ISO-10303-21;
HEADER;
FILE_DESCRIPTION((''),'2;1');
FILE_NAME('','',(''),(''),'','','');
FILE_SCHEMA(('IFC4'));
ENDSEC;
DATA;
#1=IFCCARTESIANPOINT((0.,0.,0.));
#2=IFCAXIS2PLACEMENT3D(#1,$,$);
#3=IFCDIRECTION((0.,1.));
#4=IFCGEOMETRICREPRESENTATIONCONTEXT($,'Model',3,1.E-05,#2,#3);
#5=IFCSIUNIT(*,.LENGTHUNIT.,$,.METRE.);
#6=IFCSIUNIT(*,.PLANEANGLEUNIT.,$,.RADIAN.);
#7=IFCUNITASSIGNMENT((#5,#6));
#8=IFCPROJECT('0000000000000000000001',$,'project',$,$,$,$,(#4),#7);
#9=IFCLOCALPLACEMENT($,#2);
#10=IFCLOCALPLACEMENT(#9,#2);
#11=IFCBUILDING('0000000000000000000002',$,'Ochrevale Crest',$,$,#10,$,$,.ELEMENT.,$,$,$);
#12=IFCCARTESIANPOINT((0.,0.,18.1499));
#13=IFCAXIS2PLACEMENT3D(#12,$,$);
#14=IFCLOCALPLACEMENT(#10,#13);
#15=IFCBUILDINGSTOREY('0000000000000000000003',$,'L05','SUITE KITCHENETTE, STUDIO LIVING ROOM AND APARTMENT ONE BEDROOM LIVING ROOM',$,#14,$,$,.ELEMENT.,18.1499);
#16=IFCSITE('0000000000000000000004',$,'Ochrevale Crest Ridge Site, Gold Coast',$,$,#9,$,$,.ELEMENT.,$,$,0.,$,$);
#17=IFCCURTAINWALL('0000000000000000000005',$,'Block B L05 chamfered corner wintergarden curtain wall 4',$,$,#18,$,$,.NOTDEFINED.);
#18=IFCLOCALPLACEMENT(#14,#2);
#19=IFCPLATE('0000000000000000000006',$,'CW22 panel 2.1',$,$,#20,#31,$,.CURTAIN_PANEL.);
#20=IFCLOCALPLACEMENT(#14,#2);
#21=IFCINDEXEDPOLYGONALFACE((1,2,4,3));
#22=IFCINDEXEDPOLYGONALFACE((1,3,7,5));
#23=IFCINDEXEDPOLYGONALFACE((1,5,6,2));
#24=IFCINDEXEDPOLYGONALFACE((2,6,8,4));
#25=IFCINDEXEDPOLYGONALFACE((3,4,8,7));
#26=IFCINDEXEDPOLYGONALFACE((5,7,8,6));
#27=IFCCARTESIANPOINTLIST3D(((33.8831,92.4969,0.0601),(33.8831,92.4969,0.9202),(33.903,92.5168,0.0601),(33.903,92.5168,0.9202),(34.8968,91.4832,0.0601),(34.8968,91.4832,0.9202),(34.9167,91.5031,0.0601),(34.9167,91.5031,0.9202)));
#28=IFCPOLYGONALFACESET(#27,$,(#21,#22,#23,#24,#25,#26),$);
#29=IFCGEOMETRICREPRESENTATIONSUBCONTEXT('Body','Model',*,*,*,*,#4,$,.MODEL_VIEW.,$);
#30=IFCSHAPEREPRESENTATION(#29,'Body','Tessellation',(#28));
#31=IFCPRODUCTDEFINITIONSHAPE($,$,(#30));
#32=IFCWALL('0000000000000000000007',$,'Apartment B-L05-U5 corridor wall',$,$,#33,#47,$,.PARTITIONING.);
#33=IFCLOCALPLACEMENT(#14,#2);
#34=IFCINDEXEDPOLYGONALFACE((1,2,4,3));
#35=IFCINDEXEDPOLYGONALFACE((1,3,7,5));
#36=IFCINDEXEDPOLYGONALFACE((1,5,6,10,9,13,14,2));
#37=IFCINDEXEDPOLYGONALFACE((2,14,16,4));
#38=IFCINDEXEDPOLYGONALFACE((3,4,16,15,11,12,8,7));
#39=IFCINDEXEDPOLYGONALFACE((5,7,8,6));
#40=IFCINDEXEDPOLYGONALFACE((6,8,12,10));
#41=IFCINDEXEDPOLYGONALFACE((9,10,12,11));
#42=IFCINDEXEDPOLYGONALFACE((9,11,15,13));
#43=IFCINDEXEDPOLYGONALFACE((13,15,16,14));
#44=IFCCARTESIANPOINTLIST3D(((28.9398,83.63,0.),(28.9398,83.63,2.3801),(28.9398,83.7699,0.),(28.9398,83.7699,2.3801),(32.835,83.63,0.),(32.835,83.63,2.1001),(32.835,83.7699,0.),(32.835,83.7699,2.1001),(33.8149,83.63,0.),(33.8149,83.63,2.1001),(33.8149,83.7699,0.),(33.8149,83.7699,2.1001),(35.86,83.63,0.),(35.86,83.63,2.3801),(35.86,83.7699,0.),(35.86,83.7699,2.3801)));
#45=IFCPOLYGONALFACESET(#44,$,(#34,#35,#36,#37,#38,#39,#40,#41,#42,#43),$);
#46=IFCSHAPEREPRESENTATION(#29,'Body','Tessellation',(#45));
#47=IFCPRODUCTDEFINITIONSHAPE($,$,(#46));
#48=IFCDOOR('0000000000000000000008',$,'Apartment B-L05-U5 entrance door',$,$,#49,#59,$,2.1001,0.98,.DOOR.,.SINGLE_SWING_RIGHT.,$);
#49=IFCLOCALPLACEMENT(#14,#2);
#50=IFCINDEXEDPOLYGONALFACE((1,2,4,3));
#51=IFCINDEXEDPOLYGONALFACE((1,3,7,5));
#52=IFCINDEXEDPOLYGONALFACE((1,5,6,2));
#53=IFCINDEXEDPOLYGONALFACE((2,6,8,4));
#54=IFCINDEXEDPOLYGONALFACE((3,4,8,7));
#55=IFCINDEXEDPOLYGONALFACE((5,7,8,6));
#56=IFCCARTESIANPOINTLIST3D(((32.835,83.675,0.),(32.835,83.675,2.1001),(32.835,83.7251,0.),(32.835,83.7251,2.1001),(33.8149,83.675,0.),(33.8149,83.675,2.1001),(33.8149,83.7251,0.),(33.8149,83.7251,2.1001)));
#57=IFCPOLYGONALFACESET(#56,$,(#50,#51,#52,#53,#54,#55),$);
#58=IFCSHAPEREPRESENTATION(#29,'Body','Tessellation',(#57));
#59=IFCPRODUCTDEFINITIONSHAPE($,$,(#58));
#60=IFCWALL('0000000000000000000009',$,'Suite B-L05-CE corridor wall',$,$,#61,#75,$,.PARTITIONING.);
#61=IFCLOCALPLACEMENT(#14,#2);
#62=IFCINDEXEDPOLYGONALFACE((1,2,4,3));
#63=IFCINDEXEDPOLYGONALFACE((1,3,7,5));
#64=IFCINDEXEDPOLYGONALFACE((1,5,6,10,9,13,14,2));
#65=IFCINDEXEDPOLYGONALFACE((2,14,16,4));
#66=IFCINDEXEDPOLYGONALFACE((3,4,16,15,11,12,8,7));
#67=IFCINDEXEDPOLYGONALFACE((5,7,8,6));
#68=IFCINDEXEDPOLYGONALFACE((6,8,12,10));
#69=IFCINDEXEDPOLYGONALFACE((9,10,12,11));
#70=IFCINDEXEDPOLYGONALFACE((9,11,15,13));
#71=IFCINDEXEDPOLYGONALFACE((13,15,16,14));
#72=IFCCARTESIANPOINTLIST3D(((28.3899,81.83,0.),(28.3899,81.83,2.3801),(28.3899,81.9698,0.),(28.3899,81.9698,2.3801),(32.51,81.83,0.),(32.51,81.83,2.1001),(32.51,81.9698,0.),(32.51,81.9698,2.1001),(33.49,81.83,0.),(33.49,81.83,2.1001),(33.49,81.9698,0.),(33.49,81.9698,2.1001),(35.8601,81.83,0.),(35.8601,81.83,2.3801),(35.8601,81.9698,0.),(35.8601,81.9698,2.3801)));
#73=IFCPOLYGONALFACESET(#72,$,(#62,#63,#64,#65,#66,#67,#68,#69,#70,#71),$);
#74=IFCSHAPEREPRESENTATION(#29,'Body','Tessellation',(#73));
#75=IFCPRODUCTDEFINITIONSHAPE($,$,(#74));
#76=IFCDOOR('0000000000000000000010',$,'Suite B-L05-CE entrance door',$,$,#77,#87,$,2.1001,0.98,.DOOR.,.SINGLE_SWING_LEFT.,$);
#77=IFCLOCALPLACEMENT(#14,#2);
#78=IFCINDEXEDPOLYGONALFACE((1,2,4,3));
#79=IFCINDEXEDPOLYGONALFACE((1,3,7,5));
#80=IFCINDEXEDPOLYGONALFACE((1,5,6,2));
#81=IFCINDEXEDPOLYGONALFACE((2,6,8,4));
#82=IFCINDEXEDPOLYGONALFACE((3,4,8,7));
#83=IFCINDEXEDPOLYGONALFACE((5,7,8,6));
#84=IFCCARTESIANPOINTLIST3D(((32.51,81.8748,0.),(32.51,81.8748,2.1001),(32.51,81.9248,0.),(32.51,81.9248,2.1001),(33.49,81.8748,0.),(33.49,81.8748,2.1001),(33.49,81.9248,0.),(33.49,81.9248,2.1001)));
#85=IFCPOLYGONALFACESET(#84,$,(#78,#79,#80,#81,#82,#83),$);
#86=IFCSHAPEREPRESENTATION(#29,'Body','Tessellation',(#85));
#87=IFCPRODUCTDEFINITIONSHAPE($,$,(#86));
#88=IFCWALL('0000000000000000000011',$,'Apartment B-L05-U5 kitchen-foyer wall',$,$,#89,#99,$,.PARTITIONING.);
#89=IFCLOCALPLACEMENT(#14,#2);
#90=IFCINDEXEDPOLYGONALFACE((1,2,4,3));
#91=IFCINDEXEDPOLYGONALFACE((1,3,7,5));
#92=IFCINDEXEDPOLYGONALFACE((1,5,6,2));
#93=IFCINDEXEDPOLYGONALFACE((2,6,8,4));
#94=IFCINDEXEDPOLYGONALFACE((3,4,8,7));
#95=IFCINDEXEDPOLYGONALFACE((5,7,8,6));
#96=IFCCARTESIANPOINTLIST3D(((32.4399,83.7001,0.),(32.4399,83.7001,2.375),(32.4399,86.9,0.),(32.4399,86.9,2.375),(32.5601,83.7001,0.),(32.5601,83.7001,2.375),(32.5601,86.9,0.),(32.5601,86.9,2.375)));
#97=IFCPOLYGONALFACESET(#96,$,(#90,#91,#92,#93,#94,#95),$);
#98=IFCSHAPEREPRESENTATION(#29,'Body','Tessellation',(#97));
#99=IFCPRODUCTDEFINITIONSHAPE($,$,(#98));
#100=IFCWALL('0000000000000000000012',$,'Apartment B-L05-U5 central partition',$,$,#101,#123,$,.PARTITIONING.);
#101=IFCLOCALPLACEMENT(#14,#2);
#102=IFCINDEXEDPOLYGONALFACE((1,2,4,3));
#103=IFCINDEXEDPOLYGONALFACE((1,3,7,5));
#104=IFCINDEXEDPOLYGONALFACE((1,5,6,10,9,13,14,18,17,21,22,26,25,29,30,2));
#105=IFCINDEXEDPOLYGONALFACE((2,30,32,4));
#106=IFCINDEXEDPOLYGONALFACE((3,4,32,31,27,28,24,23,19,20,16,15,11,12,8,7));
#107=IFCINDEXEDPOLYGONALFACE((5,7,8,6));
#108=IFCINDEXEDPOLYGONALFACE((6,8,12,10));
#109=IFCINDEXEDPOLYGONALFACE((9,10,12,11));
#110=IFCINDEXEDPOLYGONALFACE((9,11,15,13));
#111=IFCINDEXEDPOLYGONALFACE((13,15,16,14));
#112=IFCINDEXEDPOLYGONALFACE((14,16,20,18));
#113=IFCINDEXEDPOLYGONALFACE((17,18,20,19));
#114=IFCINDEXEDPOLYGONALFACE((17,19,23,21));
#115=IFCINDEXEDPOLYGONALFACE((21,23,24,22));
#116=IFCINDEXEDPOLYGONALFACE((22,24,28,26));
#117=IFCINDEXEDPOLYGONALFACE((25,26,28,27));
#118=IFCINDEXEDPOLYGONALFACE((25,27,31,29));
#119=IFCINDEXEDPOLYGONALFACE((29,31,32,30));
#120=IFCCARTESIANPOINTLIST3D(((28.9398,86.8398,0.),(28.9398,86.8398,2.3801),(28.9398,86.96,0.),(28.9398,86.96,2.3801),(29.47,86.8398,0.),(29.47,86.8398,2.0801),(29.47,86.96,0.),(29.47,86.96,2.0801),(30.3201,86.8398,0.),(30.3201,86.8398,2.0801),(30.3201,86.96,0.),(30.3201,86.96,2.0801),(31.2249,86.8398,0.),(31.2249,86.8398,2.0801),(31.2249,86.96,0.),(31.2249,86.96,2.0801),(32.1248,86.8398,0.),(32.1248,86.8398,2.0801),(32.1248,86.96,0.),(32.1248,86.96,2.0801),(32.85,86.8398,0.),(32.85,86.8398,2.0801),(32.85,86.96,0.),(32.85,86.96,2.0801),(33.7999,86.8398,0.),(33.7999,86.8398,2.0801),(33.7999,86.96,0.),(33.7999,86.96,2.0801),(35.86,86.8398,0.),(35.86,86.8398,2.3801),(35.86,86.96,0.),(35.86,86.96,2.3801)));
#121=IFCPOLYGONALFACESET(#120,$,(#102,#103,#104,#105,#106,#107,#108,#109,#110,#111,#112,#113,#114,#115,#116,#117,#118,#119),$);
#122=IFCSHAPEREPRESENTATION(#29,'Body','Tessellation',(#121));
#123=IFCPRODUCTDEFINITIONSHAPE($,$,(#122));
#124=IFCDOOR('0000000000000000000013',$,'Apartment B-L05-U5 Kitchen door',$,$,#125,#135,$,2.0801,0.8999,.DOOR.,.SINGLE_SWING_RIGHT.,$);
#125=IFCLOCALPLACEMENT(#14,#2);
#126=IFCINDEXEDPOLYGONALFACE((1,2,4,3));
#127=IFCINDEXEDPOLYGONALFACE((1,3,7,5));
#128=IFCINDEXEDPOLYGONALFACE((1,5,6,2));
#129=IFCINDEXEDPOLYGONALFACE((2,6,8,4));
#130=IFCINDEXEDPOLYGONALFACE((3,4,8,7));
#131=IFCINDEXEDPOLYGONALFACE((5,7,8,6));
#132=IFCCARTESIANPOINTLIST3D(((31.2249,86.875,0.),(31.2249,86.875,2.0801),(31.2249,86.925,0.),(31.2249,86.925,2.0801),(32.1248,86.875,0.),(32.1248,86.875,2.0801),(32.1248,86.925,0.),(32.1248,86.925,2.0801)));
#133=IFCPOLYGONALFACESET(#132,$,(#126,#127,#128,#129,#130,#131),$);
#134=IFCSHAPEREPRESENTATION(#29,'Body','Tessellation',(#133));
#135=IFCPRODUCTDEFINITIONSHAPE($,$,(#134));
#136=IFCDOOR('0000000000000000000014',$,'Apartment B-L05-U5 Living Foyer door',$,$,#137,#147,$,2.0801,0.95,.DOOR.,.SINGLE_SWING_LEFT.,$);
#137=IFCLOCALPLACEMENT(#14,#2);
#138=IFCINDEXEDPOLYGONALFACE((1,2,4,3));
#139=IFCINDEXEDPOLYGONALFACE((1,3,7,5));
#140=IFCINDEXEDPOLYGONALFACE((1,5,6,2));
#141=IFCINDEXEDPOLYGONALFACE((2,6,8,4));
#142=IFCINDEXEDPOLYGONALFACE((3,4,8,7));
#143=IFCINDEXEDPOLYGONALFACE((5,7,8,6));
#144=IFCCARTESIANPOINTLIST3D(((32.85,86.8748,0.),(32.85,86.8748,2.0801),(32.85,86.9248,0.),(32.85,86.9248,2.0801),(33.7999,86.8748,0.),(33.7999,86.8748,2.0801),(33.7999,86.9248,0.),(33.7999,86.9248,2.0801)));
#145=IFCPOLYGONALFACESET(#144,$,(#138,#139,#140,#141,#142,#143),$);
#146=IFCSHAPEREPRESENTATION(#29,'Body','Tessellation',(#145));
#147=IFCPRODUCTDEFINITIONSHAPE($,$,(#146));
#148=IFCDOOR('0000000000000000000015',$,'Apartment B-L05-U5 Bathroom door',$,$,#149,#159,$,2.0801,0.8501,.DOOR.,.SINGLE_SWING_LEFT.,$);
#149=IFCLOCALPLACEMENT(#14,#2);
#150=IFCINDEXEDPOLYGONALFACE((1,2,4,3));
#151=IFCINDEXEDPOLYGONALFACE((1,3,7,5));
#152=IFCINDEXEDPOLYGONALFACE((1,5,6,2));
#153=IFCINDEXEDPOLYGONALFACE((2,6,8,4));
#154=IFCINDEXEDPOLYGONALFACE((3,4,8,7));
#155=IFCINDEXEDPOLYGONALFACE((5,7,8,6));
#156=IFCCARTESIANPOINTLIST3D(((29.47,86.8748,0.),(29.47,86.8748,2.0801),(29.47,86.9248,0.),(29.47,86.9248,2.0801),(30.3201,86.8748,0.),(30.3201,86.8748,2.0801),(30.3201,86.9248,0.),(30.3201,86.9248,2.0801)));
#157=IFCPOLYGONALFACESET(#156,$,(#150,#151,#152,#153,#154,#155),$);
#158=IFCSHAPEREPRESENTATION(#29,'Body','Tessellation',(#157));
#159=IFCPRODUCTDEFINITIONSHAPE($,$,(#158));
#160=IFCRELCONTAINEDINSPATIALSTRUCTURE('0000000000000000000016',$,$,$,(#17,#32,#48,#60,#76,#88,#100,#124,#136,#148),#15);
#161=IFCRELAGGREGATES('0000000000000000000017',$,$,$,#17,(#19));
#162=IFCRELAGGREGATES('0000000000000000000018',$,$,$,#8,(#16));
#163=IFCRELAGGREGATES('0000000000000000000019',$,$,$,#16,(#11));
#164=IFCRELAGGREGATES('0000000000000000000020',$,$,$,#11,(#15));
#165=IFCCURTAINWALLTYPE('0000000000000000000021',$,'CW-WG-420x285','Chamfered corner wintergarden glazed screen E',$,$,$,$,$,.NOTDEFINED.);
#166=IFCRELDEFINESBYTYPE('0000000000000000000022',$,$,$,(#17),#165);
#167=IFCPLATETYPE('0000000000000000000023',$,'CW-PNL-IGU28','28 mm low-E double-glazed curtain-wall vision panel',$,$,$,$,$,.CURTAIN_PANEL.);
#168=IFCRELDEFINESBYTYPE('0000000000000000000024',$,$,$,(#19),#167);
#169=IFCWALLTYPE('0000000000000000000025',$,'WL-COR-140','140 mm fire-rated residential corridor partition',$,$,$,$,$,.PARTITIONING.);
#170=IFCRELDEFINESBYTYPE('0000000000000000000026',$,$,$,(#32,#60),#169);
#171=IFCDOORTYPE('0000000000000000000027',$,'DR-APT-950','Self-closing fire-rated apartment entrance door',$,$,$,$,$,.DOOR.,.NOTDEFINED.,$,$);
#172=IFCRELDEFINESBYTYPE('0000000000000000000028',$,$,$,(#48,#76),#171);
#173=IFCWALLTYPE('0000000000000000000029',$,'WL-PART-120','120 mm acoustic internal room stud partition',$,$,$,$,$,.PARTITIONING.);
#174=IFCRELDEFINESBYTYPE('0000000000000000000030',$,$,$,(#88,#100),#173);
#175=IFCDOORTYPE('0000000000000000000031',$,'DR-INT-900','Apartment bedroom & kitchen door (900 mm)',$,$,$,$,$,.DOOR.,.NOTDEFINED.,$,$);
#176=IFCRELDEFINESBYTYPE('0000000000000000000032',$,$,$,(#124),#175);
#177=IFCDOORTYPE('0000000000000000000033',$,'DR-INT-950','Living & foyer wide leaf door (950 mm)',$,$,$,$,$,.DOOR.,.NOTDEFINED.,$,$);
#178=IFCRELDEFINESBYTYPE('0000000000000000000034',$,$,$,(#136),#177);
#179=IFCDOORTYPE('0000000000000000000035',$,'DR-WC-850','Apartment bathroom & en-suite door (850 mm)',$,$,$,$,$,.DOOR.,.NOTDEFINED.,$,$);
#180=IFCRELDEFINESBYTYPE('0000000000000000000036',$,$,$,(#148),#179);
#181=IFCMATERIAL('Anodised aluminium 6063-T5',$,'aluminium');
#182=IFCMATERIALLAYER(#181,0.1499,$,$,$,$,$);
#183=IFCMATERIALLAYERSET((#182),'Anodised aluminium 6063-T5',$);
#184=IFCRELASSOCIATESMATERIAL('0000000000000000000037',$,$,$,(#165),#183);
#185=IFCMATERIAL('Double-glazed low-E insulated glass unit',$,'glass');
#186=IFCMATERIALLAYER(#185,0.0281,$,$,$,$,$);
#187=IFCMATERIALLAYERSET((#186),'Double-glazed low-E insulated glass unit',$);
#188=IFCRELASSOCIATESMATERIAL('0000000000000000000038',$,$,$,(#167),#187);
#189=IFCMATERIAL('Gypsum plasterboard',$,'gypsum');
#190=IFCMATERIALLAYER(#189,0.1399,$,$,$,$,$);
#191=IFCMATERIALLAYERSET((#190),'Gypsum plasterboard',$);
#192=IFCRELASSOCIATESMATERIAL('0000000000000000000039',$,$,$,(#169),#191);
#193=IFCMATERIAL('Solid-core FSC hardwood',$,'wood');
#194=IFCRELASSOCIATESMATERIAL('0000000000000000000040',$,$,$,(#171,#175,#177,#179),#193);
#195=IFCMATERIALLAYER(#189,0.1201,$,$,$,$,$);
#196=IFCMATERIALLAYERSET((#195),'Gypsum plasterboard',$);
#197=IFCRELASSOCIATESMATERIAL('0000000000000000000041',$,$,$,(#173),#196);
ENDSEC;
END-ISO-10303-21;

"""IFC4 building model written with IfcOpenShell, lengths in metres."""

from ifc_helpers import new_model, si_unit, direction, frame, frame_2d, origin, origin_2d, place, context, subcontext, project, spatial, rectangle, extrude, material, layer, layer_set, type_object, element, fill, aggregate, save


model = new_model("IFC4")

# Units and contexts
model_context = context("Model", 3, precision=1e-05, world=origin(), true_north=direction((0.0, 1.0)))
body_context = subcontext(model_context, "Body", "Model", "MODEL_VIEW")
ifc_project = project(units=[si_unit("LENGTHUNIT", "METRE"), si_unit("PLANEANGLEUNIT", "RADIAN")], contexts=[model_context])

# Site, building, storey
site_placement = place(None, origin())
site = spatial("IfcSite", under=ifc_project, at=site_placement, Name="Ochrevale Crest Ridge Site, Gold Coast", CompositionType="ELEMENT", RefElevation=0.0)
building_placement = place(site_placement, origin())
building = spatial("IfcBuilding", under=site, at=building_placement, Name="Ochrevale Crest", CompositionType="ELEMENT")
storey_placement = place(building_placement, frame((0.0, 0.0, 18.1499)))
storey = spatial("IfcBuildingStorey", under=building, at=storey_placement, Name="L05", Description="SUITE KITCHENETTE, STUDIO LIVING ROOM AND APARTMENT ONE BEDROOM LIVING ROOM", CompositionType="ELEMENT", Elevation=18.1499)

# Curtain wall, plate
ifc_material_1 = material(Name="Anodised aluminium 6063-T5", Category="aluminium")
ifc_layer_1 = layer(ifc_material_1, 0.1499)
ifc_layer_set_1 = layer_set([ifc_layer_1], Name="Anodised aluminium 6063-T5")
curtain_wall_type = type_object("IfcCurtainWallType", Name="CW-WG-420x285", Description="Chamfered corner wintergarden glazed screen E", PredefinedType="NOTDEFINED", material=ifc_layer_set_1)
curtain_wall_placement = place(storey_placement, origin())
curtain_wall = element("IfcCurtainWall", 1, at=curtain_wall_placement, inside=storey, type_object=curtain_wall_type, Name="Block B L05 chamfered corner wintergarden curtain wall 4", PredefinedType="NOTDEFINED")
ifc_material_2 = material(Name="Double-glazed low-E insulated glass unit", Category="glass")
ifc_layer_2 = layer(ifc_material_2, 0.0281)
ifc_layer_set_2 = layer_set([ifc_layer_2], Name="Double-glazed low-E insulated glass unit")
plate_type = type_object("IfcPlateType", Name="CW-PNL-IGU28", Description="28 mm low-E double-glazed curtain-wall vision panel", PredefinedType="CURTAIN_PANEL", material=ifc_layer_set_2)
plate_1_placement = place(storey_placement, frame((34.3999, 92.0, 0.0601), z_axis=(0.0, 0.0, 1.0), x_axis=(-0.707107, 0.707107, 0.0)))
plate_1 = element("IfcPlate", 2, at=plate_1_placement, type_object=plate_type, Name="CW22 panel 2.1", PredefinedType="CURTAIN_PANEL", context=body_context, shape_type="SweptSolid", body=[
    extrude(rectangle(XDim=1.4336, YDim=0.0281, at=origin_2d()), origin(), (0.0, 0.0, 1.0), 0.8601),
])
aggregate(curtain_wall, [plate_1])

# Walls, openings, doors
ifc_material_3 = material(Name="Gypsum plasterboard", Category="gypsum")
ifc_layer_3 = layer(ifc_material_3, 0.1399)
ifc_layer_set_3 = layer_set([ifc_layer_3], Name="Gypsum plasterboard")
wall_type_1 = type_object("IfcWallType", Name="WL-COR-140", Description="140 mm fire-rated residential corridor partition", PredefinedType="PARTITIONING", material=ifc_layer_set_3)
wall_1_placement = place(storey_placement, frame((28.9399, 83.7, 0.0), z_axis=(0.0, 0.0, 1.0), x_axis=(1.0, 0.0, 0.0)))
wall_1 = element("IfcWall", 3, at=wall_1_placement, inside=storey, type_object=wall_type_1, Name="Apartment B-L05-U5 corridor wall", PredefinedType="PARTITIONING", context=body_context, shape_type="SweptSolid", body=[
    extrude(rectangle(XDim=6.9202, YDim=0.1399, at=frame_2d((3.46, 0.0))), origin(), (0.0, 0.0, 1.0), 2.3801),
])
opening_1_placement = place(wall_1_placement, frame((4.875, 0.0, 0.0), z_axis=(0.0, 0.0, 1.0), x_axis=(-1.0, 0.0, 0.0)))
opening_1 = element("IfcOpeningElement", 4, at=opening_1_placement, cuts=wall_1, PredefinedType="OPENING", context=body_context, shape_type="SweptSolid", body=[
    extrude(rectangle(XDim=0.98, YDim=2.1001, at=frame_2d((0.49, 1.05))), frame((0.0, 0.0801, 0.0), z_axis=(0.0, -1.0, 0.0), x_axis=(1.0, 0.0, 0.0)), (0.0, 0.0, 1.0), 0.1599),
])
ifc_material_4 = material(Name="Solid-core FSC hardwood", Category="wood")
door_type_1 = type_object("IfcDoorType", Name="DR-APT-950", Description="Self-closing fire-rated apartment entrance door", OperationType="NOTDEFINED", PredefinedType="DOOR", material=ifc_material_4)
door_1_placement = place(opening_1_placement, origin())
door_1 = element("IfcDoor", 5, at=door_1_placement, inside=storey, type_object=door_type_1, Name="Apartment B-L05-U5 entrance door", OperationType="SINGLE_SWING_RIGHT", OverallHeight=2.1001, OverallWidth=0.98, PredefinedType="DOOR", context=body_context, shape_type="SweptSolid", body=[
    extrude(rectangle(XDim=0.98, YDim=2.1001, at=frame_2d((0.49, 1.05))), frame((0.0, 0.0249, 0.0), z_axis=(0.0, -1.0, 0.0), x_axis=(1.0, 0.0, 0.0)), (0.0, 0.0, 1.0), 0.05),
])
fill(opening_1, door_1)
wall_2_placement = place(storey_placement, frame((28.3899, 81.8999, 0.0), z_axis=(0.0, 0.0, 1.0), x_axis=(1.0, 0.0, 0.0)))
wall_2 = element("IfcWall", 6, at=wall_2_placement, inside=storey, type_object=wall_type_1, Name="Suite B-L05-CE corridor wall", PredefinedType="PARTITIONING", context=body_context, shape_type="SweptSolid", body=[
    extrude(rectangle(XDim=7.4702, YDim=0.1399, at=frame_2d((3.7351, 0.0))), origin(), (0.0, 0.0, 1.0), 2.3801),
])
opening_2_placement = place(wall_2_placement, frame((4.1201, 0.0, 0.0)))
opening_2 = element("IfcOpeningElement", 7, at=opening_2_placement, cuts=wall_2, PredefinedType="OPENING", context=body_context, shape_type="SweptSolid", body=[
    extrude(rectangle(XDim=0.98, YDim=2.1001, at=frame_2d((0.49, 1.05))), frame((0.0, 0.0801, 0.0), z_axis=(0.0, -1.0, 0.0), x_axis=(1.0, 0.0, 0.0)), (0.0, 0.0, 1.0), 0.1599),
])
door_2_placement = place(opening_2_placement, origin())
door_2 = element("IfcDoor", 8, at=door_2_placement, inside=storey, type_object=door_type_1, Name="Suite B-L05-CE entrance door", OperationType="SINGLE_SWING_LEFT", OverallHeight=2.1001, OverallWidth=0.98, PredefinedType="DOOR", context=body_context, shape_type="SweptSolid", body=[
    extrude(rectangle(XDim=0.98, YDim=2.1001, at=frame_2d((0.49, 1.05))), frame((0.0, 0.0249, 0.0), z_axis=(0.0, -1.0, 0.0), x_axis=(1.0, 0.0, 0.0)), (0.0, 0.0, 1.0), 0.05),
])
fill(opening_2, door_2)

# Wall
ifc_layer_4 = layer(ifc_material_3, 0.1201)
ifc_layer_set_4 = layer_set([ifc_layer_4], Name="Gypsum plasterboard")
wall_type_2 = type_object("IfcWallType", Name="WL-PART-120", Description="120 mm acoustic internal room stud partition", PredefinedType="PARTITIONING", material=ifc_layer_set_4)
wall_3_placement = place(storey_placement, frame((32.5, 83.7, 0.0), z_axis=(0.0, 0.0, 1.0), x_axis=(0.0, 1.0, 0.0)))
element("IfcWall", 9, at=wall_3_placement, inside=storey, type_object=wall_type_2, Name="Apartment B-L05-U5 kitchen-foyer wall", PredefinedType="PARTITIONING", context=body_context, shape_type="SweptSolid", body=[
    extrude(rectangle(XDim=3.2, YDim=0.1201, at=frame_2d((1.6001, 0.0))), origin(), (0.0, 0.0, 1.0), 2.375),
])

# Wall, openings, doors
wall_4_placement = place(storey_placement, frame((28.9399, 86.8999, 0.0), z_axis=(0.0, 0.0, 1.0), x_axis=(1.0, 0.0, 0.0)))
wall_4 = element("IfcWall", 10, at=wall_4_placement, inside=storey, type_object=wall_type_2, Name="Apartment B-L05-U5 central partition", PredefinedType="PARTITIONING", context=body_context, shape_type="SweptSolid", body=[
    extrude(rectangle(XDim=6.9202, YDim=0.1201, at=frame_2d((3.46, 0.0))), origin(), (0.0, 0.0, 1.0), 2.3801),
])
opening_3_placement = place(wall_4_placement, frame((0.53, 0.0, 0.0)))
opening_3 = element("IfcOpeningElement", 11, at=opening_3_placement, cuts=wall_4, PredefinedType="OPENING", context=body_context, shape_type="SweptSolid", body=[
    extrude(rectangle(XDim=0.8501, YDim=2.0801, at=frame_2d((0.425, 1.04))), frame((0.0, 0.0701, 0.0), z_axis=(0.0, -1.0, 0.0), x_axis=(1.0, 0.0, 0.0)), (0.0, 0.0, 1.0), 0.1401),
])
opening_4_placement = place(wall_4_placement, frame((3.1848, 0.0, 0.0), z_axis=(0.0, 0.0, 1.0), x_axis=(-1.0, 0.0, 0.0)))
opening_4 = element("IfcOpeningElement", 12, at=opening_4_placement, cuts=wall_4, PredefinedType="OPENING", context=body_context, shape_type="SweptSolid", body=[
    extrude(rectangle(XDim=0.8999, YDim=2.0801, at=frame_2d((0.45, 1.04))), frame((0.0, 0.0701, 0.0), z_axis=(0.0, -1.0, 0.0), x_axis=(1.0, 0.0, 0.0)), (0.0, 0.0, 1.0), 0.1401),
])
opening_5_placement = place(wall_4_placement, frame((3.9099, 0.0, 0.0)))
opening_5 = element("IfcOpeningElement", 13, at=opening_5_placement, cuts=wall_4, PredefinedType="OPENING", context=body_context, shape_type="SweptSolid", body=[
    extrude(rectangle(XDim=0.95, YDim=2.0801, at=frame_2d((0.4751, 1.04))), frame((0.0, 0.0701, 0.0), z_axis=(0.0, -1.0, 0.0), x_axis=(1.0, 0.0, 0.0)), (0.0, 0.0, 1.0), 0.1401),
])
door_type_2 = type_object("IfcDoorType", Name="DR-INT-900", Description="Apartment bedroom & kitchen door (900 mm)", OperationType="NOTDEFINED", PredefinedType="DOOR", material=ifc_material_4)
door_3_placement = place(opening_4_placement, origin())
door_3 = element("IfcDoor", 14, at=door_3_placement, inside=storey, type_object=door_type_2, Name="Apartment B-L05-U5 Kitchen door", OperationType="SINGLE_SWING_RIGHT", OverallHeight=2.0801, OverallWidth=0.8999, PredefinedType="DOOR", context=body_context, shape_type="SweptSolid", body=[
    extrude(rectangle(XDim=0.8999, YDim=2.0801, at=frame_2d((0.45, 1.04))), frame((0.0, 0.0249, 0.0), z_axis=(0.0, -1.0, 0.0), x_axis=(1.0, 0.0, 0.0)), (0.0, 0.0, 1.0), 0.05),
])
fill(opening_4, door_3)
door_type_3 = type_object("IfcDoorType", Name="DR-INT-950", Description="Living & foyer wide leaf door (950 mm)", OperationType="NOTDEFINED", PredefinedType="DOOR", material=ifc_material_4)
door_4_placement = place(opening_5_placement, origin())
door_4 = element("IfcDoor", 15, at=door_4_placement, inside=storey, type_object=door_type_3, Name="Apartment B-L05-U5 Living Foyer door", OperationType="SINGLE_SWING_LEFT", OverallHeight=2.0801, OverallWidth=0.95, PredefinedType="DOOR", context=body_context, shape_type="SweptSolid", body=[
    extrude(rectangle(XDim=0.95, YDim=2.0801, at=frame_2d((0.4751, 1.04))), frame((0.0, 0.0249, 0.0), z_axis=(0.0, -1.0, 0.0), x_axis=(1.0, 0.0, 0.0)), (0.0, 0.0, 1.0), 0.05),
])
fill(opening_5, door_4)
door_type_4 = type_object("IfcDoorType", Name="DR-WC-850", Description="Apartment bathroom & en-suite door (850 mm)", OperationType="NOTDEFINED", PredefinedType="DOOR", material=ifc_material_4)
door_5_placement = place(opening_3_placement, origin())
door_5 = element("IfcDoor", 16, at=door_5_placement, inside=storey, type_object=door_type_4, Name="Apartment B-L05-U5 Bathroom door", OperationType="SINGLE_SWING_LEFT", OverallHeight=2.0801, OverallWidth=0.8501, PredefinedType="DOOR", context=body_context, shape_type="SweptSolid", body=[
    extrude(rectangle(XDim=0.8501, YDim=2.0801, at=frame_2d((0.425, 1.04))), frame((0.0, 0.0249, 0.0), z_axis=(0.0, -1.0, 0.0), x_axis=(1.0, 0.0, 0.0)), (0.0, 0.0, 1.0), 0.05),
])
fill(opening_3, door_5)

save(model, "model.ifc")
